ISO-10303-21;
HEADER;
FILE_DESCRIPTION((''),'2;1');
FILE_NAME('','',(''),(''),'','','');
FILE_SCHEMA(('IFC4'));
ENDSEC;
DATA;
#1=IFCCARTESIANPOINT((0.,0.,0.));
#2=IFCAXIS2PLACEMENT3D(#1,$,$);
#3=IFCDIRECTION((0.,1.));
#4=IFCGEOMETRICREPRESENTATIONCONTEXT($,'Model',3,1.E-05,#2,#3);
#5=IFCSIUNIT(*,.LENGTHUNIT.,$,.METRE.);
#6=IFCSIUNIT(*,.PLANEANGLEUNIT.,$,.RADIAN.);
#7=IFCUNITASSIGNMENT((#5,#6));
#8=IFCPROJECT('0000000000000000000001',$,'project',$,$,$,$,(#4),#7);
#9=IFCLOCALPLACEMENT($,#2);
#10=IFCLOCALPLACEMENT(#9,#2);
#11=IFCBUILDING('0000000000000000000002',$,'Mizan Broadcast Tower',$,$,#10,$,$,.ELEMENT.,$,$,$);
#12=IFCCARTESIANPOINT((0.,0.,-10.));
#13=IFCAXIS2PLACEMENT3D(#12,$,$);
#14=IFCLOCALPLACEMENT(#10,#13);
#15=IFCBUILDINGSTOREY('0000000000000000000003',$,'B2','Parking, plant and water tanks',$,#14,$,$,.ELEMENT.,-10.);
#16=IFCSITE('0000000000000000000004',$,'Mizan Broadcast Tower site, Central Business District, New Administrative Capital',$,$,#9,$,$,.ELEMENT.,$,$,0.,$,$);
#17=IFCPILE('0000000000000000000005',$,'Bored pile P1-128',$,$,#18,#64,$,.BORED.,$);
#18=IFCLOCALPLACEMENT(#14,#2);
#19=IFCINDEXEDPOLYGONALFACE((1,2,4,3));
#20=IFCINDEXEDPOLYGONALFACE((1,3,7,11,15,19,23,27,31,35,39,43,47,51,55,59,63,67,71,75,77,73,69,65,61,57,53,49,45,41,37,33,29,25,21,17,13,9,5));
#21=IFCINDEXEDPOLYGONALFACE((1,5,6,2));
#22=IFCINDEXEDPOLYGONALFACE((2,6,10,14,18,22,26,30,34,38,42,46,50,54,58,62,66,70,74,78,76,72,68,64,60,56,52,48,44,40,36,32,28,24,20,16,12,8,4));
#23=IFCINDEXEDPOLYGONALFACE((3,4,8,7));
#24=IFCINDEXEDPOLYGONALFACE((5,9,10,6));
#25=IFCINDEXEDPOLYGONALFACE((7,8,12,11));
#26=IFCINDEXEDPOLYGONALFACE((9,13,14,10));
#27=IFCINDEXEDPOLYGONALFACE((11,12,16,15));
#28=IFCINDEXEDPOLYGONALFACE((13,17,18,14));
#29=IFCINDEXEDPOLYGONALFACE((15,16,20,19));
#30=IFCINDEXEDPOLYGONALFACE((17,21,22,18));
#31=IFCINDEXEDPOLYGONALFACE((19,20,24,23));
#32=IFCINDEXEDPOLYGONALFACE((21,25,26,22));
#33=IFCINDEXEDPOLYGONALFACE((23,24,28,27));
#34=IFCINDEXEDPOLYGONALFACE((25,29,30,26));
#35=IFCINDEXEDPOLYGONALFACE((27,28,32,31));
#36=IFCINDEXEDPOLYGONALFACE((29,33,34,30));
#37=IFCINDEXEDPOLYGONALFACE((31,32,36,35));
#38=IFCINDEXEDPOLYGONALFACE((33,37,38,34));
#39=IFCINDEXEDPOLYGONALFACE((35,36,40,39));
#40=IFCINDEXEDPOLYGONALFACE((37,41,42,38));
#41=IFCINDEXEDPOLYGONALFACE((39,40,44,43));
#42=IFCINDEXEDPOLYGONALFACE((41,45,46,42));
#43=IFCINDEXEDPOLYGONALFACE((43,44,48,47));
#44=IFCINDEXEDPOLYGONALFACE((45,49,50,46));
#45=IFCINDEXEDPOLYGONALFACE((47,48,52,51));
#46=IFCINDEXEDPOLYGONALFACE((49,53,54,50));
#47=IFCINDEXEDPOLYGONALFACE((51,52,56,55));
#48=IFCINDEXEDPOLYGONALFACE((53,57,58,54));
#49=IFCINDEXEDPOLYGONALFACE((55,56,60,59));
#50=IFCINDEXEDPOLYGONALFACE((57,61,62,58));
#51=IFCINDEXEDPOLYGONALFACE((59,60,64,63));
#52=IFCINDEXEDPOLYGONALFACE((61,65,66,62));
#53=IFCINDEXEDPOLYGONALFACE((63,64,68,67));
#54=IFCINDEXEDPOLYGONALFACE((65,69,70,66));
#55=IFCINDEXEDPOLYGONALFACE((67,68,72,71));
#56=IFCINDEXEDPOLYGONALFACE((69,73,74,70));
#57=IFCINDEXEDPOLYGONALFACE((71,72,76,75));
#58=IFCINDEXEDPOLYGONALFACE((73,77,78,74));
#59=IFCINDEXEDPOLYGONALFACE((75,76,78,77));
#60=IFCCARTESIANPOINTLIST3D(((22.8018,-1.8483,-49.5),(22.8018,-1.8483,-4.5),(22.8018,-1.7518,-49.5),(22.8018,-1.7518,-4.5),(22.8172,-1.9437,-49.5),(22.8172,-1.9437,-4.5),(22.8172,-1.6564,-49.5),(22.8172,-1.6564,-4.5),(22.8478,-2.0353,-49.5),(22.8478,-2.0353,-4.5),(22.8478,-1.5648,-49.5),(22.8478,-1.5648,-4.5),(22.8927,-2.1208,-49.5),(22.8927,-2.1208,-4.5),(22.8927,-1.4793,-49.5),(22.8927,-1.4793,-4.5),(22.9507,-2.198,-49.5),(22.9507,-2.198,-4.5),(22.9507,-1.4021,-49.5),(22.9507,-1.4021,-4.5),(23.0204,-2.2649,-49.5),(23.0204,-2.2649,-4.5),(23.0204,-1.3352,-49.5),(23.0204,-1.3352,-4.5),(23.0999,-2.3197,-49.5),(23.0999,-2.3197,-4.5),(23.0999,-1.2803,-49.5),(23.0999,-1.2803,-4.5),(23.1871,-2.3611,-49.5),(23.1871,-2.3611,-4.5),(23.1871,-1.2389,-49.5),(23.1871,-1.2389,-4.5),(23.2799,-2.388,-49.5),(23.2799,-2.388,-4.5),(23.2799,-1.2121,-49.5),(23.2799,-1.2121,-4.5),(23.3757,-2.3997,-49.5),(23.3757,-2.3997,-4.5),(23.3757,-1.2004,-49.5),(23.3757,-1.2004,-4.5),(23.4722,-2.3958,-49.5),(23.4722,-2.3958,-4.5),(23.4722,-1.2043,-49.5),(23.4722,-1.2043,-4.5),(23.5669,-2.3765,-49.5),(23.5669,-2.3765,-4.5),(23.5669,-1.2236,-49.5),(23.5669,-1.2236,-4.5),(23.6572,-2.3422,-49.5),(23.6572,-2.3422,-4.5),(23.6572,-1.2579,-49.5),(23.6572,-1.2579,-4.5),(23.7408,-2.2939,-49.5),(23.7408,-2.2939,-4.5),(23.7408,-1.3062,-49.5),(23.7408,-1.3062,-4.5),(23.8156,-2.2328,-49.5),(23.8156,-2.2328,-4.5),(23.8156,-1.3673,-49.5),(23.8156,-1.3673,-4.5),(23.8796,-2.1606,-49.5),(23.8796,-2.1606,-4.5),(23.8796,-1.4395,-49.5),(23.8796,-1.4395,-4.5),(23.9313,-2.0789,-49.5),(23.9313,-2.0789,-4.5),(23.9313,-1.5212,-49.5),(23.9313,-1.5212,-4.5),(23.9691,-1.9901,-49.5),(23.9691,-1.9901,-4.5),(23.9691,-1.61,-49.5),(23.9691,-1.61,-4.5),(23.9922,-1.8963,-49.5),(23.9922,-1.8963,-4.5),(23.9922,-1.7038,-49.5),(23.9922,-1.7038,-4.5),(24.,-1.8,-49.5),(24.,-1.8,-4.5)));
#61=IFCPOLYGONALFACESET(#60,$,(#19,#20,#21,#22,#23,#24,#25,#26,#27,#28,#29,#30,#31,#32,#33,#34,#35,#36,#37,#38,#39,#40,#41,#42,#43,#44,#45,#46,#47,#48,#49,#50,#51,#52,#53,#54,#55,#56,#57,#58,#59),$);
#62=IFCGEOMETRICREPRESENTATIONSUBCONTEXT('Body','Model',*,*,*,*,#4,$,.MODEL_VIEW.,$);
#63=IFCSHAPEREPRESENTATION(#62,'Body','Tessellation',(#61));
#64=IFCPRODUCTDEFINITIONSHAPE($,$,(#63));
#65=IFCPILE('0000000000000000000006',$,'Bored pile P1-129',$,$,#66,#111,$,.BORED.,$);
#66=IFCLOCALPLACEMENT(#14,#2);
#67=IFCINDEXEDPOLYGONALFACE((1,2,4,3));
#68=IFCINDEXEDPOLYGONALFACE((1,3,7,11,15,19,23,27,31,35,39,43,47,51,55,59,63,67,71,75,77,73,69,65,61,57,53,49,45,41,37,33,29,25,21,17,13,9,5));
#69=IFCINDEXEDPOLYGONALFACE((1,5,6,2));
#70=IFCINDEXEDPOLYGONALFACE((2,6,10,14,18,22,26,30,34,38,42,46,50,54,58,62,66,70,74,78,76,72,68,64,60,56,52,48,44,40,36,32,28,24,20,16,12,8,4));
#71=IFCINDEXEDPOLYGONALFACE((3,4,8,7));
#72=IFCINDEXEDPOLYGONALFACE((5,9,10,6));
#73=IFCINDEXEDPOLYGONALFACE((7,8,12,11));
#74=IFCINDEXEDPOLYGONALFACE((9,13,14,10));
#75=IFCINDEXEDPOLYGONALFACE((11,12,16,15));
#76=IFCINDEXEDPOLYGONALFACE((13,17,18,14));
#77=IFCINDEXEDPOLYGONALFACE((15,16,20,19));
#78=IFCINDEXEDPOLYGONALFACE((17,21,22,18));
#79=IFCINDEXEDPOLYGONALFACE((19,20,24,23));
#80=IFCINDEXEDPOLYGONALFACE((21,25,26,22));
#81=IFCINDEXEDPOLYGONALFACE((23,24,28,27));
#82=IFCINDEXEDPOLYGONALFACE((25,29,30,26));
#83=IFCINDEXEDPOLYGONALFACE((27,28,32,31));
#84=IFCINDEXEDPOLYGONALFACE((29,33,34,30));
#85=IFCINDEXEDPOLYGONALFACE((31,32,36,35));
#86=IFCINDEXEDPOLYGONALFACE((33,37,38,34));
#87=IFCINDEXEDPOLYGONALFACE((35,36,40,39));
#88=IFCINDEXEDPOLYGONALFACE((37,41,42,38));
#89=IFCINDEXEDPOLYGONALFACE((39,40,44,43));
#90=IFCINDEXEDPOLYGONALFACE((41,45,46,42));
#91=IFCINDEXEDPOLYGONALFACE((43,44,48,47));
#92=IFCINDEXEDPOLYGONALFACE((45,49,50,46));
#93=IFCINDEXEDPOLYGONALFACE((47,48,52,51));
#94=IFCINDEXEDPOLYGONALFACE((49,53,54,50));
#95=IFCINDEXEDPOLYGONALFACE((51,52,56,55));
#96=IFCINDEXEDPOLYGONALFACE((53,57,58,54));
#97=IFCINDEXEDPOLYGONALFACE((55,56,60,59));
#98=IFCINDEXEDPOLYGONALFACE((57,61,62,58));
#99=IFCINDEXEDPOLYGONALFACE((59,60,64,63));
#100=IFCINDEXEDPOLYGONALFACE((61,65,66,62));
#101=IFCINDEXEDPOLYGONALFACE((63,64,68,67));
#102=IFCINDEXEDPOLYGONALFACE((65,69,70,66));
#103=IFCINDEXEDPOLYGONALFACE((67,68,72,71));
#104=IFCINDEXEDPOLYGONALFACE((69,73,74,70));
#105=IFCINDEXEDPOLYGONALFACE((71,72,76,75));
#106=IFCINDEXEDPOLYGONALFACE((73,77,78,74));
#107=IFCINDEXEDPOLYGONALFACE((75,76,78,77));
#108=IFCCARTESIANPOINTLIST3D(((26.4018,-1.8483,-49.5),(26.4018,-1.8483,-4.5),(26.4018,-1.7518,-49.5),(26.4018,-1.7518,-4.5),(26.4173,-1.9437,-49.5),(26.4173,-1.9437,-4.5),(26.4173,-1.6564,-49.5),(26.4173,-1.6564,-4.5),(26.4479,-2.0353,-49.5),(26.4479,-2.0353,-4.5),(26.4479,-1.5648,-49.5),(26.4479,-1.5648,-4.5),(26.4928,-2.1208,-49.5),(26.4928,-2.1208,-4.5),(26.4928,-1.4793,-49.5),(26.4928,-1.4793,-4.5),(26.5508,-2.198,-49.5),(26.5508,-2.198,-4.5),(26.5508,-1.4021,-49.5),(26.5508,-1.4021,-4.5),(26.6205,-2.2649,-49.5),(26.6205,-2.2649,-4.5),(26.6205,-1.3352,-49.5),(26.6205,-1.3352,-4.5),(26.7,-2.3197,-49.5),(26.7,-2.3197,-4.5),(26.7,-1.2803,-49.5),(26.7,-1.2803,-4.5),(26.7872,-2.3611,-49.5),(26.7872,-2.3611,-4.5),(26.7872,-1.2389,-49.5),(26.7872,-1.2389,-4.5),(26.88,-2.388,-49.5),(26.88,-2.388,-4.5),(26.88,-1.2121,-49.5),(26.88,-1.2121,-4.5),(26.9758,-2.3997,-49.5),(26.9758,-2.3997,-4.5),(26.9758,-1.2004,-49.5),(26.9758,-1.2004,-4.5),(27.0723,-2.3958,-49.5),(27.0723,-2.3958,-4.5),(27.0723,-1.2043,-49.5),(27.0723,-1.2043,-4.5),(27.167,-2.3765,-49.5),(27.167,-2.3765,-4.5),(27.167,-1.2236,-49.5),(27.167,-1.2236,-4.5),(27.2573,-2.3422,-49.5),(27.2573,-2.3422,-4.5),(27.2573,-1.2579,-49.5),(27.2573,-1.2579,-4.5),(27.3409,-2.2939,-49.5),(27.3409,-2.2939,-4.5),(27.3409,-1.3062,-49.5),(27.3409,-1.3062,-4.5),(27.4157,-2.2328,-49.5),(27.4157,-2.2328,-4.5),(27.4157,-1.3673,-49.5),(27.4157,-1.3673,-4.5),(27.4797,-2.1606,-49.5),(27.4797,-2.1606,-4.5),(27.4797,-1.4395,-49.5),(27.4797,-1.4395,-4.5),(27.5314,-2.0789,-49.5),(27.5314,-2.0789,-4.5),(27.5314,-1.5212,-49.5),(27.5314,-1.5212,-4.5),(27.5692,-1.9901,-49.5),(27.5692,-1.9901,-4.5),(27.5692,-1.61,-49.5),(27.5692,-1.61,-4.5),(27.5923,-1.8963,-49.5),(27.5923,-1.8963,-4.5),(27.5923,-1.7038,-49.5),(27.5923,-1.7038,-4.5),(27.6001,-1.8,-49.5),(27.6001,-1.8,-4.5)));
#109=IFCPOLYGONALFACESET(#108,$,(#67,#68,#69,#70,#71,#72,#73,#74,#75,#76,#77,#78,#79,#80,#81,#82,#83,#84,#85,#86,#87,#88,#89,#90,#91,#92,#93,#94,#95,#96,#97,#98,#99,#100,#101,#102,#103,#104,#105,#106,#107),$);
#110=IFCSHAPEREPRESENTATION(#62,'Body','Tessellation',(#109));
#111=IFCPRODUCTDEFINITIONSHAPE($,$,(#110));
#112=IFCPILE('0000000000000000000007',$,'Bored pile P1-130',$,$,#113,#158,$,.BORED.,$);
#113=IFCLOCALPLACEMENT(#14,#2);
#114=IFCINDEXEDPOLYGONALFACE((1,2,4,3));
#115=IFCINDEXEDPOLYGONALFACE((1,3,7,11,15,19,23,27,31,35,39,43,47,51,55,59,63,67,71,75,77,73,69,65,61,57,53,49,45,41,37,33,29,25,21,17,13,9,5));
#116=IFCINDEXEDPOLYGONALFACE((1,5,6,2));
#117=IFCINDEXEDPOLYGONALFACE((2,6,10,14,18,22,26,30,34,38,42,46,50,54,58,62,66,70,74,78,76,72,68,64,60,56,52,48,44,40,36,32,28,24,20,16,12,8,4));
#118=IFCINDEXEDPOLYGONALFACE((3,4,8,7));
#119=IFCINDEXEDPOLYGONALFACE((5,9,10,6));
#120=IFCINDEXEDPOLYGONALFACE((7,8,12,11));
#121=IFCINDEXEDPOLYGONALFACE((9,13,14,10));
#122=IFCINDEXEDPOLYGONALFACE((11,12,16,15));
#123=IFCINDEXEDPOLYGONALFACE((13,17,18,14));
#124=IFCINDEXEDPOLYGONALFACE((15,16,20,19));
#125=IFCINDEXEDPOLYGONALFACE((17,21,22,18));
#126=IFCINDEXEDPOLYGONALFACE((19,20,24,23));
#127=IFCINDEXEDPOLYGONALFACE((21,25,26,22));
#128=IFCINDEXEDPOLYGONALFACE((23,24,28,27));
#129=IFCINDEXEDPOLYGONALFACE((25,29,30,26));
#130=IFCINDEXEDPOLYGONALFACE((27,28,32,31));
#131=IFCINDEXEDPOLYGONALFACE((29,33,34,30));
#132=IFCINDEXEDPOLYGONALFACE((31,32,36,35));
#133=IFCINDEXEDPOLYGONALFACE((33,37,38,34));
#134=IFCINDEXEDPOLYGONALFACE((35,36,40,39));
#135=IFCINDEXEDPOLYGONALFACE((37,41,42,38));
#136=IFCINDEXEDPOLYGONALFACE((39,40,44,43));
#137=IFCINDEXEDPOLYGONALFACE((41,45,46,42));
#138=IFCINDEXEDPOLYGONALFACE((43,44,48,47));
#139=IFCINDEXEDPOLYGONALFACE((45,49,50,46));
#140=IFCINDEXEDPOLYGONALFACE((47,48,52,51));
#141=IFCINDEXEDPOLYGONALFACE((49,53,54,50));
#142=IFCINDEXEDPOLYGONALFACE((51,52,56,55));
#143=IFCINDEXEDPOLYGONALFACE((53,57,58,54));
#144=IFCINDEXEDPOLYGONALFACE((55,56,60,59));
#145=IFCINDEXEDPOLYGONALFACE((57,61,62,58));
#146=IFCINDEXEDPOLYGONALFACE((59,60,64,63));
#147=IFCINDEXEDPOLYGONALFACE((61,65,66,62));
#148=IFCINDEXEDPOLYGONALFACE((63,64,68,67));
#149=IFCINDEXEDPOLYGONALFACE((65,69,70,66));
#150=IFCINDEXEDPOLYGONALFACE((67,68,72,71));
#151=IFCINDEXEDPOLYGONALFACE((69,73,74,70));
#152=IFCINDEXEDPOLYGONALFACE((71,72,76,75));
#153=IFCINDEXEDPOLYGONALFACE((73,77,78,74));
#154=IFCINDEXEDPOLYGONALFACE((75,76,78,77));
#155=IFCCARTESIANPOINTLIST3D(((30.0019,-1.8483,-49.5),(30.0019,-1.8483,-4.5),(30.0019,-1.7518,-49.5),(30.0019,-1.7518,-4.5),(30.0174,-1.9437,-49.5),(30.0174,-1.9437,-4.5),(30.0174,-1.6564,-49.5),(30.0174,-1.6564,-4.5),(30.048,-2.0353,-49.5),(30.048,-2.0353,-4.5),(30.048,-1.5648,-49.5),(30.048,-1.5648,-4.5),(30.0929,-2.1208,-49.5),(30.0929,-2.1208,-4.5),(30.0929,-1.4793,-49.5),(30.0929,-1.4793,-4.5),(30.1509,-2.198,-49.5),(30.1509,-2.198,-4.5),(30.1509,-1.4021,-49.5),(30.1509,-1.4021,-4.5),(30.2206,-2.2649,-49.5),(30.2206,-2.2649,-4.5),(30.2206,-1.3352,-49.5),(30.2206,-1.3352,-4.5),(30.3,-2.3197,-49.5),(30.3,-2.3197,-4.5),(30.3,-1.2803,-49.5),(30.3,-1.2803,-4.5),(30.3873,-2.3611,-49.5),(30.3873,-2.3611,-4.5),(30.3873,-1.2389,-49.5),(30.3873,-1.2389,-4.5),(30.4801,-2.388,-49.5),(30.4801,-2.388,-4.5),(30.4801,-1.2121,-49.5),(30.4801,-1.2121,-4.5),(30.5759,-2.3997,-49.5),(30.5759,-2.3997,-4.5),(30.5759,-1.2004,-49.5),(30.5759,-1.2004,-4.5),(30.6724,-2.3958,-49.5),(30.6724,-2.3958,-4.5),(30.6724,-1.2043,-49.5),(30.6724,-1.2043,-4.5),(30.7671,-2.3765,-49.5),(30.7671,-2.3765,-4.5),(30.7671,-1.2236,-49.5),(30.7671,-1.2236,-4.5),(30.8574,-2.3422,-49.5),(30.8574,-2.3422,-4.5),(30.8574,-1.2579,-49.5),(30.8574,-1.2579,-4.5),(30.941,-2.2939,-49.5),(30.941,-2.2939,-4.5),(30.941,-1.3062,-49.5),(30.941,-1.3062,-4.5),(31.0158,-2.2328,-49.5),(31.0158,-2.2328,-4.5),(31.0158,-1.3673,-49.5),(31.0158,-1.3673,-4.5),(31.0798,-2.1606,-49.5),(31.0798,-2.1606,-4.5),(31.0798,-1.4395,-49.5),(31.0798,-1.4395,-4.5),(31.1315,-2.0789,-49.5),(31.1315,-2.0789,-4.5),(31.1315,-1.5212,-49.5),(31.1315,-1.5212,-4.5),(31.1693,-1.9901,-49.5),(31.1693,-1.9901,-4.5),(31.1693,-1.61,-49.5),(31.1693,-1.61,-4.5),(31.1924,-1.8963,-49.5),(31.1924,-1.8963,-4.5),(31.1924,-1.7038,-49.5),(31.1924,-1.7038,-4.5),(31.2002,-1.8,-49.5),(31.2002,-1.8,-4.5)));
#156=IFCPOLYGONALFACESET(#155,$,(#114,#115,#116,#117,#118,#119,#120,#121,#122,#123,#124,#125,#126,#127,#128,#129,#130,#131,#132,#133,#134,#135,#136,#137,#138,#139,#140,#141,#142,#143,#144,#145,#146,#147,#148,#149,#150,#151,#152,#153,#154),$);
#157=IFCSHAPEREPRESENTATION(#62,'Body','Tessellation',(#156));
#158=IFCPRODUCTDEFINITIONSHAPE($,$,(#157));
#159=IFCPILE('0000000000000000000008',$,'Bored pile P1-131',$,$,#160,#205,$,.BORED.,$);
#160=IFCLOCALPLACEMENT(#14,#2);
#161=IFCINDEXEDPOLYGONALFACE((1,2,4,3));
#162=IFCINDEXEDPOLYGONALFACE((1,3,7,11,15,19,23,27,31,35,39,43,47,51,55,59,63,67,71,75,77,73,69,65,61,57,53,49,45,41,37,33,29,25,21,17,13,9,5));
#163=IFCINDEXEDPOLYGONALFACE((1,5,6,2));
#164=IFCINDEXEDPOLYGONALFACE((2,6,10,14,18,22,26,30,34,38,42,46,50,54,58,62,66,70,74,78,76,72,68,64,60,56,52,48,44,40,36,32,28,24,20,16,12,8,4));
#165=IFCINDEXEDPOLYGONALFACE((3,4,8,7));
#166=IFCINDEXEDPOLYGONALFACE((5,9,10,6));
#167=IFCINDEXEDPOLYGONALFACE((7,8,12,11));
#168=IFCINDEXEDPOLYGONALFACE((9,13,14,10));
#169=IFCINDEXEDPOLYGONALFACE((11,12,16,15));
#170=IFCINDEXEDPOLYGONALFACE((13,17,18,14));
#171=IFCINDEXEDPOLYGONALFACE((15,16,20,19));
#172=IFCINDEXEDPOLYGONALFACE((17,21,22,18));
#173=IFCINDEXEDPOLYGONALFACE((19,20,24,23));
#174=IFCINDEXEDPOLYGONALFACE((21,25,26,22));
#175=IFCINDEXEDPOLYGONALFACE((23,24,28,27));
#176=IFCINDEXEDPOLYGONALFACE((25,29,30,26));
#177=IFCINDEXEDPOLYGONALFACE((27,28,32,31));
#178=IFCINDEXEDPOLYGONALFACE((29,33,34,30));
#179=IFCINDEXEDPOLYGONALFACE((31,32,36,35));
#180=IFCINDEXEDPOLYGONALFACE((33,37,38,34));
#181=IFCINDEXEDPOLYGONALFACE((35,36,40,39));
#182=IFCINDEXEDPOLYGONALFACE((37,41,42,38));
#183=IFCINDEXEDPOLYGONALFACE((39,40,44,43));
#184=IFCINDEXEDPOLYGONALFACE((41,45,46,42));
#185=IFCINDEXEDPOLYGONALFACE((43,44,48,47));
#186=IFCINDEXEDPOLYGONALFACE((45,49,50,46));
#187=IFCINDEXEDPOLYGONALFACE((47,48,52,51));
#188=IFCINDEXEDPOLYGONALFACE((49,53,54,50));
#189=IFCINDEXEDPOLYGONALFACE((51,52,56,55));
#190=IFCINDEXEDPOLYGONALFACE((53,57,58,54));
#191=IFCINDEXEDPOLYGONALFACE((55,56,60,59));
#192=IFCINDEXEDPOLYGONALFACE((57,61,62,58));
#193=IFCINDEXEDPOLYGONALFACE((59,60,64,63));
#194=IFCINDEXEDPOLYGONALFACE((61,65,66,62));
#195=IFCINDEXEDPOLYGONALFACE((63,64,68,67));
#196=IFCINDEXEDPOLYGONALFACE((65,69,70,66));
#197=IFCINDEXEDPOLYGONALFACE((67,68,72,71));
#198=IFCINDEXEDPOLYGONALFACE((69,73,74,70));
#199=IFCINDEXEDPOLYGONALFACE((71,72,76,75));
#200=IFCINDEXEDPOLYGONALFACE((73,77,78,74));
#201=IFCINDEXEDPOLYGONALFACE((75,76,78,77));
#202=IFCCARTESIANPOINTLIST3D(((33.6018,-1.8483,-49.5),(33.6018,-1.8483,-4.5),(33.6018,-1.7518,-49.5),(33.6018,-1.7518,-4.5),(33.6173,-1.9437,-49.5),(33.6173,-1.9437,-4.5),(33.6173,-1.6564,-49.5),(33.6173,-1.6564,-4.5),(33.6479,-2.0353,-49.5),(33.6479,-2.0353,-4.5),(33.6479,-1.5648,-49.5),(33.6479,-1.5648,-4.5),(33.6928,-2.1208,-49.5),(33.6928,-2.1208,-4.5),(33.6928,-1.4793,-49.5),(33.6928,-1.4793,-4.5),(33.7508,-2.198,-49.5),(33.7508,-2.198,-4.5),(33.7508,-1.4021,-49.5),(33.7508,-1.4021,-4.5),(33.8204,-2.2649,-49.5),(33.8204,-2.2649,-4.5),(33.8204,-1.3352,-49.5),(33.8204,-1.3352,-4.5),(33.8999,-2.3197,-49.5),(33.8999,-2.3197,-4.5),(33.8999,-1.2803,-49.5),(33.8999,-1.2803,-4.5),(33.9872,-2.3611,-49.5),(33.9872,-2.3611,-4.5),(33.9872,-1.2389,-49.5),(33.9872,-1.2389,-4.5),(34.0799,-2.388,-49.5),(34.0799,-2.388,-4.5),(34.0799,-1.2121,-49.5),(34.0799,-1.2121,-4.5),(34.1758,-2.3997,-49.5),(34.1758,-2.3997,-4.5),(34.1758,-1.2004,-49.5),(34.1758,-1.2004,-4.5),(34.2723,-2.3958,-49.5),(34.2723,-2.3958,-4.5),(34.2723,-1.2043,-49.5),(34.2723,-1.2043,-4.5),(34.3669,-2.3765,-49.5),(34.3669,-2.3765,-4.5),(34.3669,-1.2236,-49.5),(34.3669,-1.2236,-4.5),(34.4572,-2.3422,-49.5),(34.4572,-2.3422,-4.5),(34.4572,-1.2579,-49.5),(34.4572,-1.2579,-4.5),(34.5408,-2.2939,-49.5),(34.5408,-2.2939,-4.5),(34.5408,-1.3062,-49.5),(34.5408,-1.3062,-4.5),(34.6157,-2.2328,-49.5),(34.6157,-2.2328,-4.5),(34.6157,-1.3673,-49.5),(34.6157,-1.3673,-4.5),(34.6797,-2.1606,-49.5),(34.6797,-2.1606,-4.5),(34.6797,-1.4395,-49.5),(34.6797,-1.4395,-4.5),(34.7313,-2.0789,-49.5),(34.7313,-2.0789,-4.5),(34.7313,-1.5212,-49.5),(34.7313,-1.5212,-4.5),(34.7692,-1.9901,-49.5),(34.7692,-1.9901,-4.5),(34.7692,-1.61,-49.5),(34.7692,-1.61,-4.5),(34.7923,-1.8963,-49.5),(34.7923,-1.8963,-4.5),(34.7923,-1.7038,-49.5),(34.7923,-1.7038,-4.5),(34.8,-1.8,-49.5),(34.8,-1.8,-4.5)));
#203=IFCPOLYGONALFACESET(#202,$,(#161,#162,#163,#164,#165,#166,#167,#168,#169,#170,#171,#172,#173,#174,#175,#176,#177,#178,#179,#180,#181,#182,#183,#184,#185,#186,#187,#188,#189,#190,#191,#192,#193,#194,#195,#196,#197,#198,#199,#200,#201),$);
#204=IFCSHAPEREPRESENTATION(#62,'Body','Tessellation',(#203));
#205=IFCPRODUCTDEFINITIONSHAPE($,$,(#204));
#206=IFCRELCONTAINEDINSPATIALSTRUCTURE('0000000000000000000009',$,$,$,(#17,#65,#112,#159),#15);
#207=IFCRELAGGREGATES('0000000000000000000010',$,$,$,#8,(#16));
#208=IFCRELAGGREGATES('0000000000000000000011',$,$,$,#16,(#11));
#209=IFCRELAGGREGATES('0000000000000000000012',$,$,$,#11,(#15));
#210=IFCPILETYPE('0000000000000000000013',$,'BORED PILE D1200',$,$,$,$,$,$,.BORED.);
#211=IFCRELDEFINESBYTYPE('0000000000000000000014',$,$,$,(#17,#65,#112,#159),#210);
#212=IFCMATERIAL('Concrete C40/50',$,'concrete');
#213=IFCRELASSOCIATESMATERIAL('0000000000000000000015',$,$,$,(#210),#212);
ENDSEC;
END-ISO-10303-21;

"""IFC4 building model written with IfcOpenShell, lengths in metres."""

from ifc_helpers import new_model, si_unit, direction, frame, origin, origin_2d, place, context, subcontext, project, spatial, circle, extrude, material, material_profile, profile_set, type_object, element, save


model = new_model("IFC4")

# Units and contexts
model_context = context("Model", 3, precision=1e-05, world=origin(), true_north=direction((0.0, 1.0)))
body_context = subcontext(model_context, "Body", "Model", "MODEL_VIEW")
ifc_project = project(units=[si_unit("LENGTHUNIT", "METRE"), si_unit("PLANEANGLEUNIT", "RADIAN")], contexts=[model_context])

# Site, building, storey
site_placement = place(None, origin())
site = spatial("IfcSite", under=ifc_project, at=site_placement, Name="Mizan Broadcast Tower site, Central Business District, New Administrative Capital", CompositionType="ELEMENT", RefElevation=0.0)
building_placement = place(site_placement, origin())
building = spatial("IfcBuilding", under=site, at=building_placement, Name="Mizan Broadcast Tower", CompositionType="ELEMENT")
storey_placement = place(building_placement, frame((0.0, 0.0, -10.0)))
storey = spatial("IfcBuildingStorey", under=building, at=storey_placement, Name="B2", Description="Parking, plant and water tanks", CompositionType="ELEMENT", Elevation=-10.0)

# Piles
ifc_material_1 = material(Name="Concrete C40/50", Category="concrete")
ifc_material_profile_1 = material_profile(ifc_material_1, circle(Radius=0.6001, at=origin_2d()), Name="D1200")
ifc_profile_set_1 = profile_set([ifc_material_profile_1], Name="Concrete C40/50")
pile_type_1 = type_object("IfcPileType", Name="BORED PILE D1200", PredefinedType="BORED", material=ifc_profile_set_1)
for number, where, z_axis, x_axis, name in (
    (1, (23.3999, -1.8, -4.5), (0.0, 0.0, -1.0), (1.0, 0.0, 0.0), "Bored pile P1-128"),
    (2, (27.0, -1.8, -4.5), (0.0, 0.0, -1.0), (1.0, 0.0, 0.0), "Bored pile P1-129"),
    (3, (30.6001, -1.8, -4.5), (0.0, 0.0, -1.0), (1.0, 0.0, 0.0), "Bored pile P1-130"),
    (4, (34.2, -1.8, -4.5), (0.0, 0.0, -1.0), (1.0, 0.0, 0.0), "Bored pile P1-131"),
):
    element("IfcPile", number, at=place(storey_placement, frame(where, z_axis=z_axis, x_axis=x_axis)), inside=storey, type_object=pile_type_1, Name=name, PredefinedType="BORED", context=body_context, shape_type="SweptSolid", body=[
        extrude(circle(Radius=0.6001, at=origin_2d()), origin(), (0.0, 0.0, 1.0), 45.0),
    ])

save(model, "model.ifc")
